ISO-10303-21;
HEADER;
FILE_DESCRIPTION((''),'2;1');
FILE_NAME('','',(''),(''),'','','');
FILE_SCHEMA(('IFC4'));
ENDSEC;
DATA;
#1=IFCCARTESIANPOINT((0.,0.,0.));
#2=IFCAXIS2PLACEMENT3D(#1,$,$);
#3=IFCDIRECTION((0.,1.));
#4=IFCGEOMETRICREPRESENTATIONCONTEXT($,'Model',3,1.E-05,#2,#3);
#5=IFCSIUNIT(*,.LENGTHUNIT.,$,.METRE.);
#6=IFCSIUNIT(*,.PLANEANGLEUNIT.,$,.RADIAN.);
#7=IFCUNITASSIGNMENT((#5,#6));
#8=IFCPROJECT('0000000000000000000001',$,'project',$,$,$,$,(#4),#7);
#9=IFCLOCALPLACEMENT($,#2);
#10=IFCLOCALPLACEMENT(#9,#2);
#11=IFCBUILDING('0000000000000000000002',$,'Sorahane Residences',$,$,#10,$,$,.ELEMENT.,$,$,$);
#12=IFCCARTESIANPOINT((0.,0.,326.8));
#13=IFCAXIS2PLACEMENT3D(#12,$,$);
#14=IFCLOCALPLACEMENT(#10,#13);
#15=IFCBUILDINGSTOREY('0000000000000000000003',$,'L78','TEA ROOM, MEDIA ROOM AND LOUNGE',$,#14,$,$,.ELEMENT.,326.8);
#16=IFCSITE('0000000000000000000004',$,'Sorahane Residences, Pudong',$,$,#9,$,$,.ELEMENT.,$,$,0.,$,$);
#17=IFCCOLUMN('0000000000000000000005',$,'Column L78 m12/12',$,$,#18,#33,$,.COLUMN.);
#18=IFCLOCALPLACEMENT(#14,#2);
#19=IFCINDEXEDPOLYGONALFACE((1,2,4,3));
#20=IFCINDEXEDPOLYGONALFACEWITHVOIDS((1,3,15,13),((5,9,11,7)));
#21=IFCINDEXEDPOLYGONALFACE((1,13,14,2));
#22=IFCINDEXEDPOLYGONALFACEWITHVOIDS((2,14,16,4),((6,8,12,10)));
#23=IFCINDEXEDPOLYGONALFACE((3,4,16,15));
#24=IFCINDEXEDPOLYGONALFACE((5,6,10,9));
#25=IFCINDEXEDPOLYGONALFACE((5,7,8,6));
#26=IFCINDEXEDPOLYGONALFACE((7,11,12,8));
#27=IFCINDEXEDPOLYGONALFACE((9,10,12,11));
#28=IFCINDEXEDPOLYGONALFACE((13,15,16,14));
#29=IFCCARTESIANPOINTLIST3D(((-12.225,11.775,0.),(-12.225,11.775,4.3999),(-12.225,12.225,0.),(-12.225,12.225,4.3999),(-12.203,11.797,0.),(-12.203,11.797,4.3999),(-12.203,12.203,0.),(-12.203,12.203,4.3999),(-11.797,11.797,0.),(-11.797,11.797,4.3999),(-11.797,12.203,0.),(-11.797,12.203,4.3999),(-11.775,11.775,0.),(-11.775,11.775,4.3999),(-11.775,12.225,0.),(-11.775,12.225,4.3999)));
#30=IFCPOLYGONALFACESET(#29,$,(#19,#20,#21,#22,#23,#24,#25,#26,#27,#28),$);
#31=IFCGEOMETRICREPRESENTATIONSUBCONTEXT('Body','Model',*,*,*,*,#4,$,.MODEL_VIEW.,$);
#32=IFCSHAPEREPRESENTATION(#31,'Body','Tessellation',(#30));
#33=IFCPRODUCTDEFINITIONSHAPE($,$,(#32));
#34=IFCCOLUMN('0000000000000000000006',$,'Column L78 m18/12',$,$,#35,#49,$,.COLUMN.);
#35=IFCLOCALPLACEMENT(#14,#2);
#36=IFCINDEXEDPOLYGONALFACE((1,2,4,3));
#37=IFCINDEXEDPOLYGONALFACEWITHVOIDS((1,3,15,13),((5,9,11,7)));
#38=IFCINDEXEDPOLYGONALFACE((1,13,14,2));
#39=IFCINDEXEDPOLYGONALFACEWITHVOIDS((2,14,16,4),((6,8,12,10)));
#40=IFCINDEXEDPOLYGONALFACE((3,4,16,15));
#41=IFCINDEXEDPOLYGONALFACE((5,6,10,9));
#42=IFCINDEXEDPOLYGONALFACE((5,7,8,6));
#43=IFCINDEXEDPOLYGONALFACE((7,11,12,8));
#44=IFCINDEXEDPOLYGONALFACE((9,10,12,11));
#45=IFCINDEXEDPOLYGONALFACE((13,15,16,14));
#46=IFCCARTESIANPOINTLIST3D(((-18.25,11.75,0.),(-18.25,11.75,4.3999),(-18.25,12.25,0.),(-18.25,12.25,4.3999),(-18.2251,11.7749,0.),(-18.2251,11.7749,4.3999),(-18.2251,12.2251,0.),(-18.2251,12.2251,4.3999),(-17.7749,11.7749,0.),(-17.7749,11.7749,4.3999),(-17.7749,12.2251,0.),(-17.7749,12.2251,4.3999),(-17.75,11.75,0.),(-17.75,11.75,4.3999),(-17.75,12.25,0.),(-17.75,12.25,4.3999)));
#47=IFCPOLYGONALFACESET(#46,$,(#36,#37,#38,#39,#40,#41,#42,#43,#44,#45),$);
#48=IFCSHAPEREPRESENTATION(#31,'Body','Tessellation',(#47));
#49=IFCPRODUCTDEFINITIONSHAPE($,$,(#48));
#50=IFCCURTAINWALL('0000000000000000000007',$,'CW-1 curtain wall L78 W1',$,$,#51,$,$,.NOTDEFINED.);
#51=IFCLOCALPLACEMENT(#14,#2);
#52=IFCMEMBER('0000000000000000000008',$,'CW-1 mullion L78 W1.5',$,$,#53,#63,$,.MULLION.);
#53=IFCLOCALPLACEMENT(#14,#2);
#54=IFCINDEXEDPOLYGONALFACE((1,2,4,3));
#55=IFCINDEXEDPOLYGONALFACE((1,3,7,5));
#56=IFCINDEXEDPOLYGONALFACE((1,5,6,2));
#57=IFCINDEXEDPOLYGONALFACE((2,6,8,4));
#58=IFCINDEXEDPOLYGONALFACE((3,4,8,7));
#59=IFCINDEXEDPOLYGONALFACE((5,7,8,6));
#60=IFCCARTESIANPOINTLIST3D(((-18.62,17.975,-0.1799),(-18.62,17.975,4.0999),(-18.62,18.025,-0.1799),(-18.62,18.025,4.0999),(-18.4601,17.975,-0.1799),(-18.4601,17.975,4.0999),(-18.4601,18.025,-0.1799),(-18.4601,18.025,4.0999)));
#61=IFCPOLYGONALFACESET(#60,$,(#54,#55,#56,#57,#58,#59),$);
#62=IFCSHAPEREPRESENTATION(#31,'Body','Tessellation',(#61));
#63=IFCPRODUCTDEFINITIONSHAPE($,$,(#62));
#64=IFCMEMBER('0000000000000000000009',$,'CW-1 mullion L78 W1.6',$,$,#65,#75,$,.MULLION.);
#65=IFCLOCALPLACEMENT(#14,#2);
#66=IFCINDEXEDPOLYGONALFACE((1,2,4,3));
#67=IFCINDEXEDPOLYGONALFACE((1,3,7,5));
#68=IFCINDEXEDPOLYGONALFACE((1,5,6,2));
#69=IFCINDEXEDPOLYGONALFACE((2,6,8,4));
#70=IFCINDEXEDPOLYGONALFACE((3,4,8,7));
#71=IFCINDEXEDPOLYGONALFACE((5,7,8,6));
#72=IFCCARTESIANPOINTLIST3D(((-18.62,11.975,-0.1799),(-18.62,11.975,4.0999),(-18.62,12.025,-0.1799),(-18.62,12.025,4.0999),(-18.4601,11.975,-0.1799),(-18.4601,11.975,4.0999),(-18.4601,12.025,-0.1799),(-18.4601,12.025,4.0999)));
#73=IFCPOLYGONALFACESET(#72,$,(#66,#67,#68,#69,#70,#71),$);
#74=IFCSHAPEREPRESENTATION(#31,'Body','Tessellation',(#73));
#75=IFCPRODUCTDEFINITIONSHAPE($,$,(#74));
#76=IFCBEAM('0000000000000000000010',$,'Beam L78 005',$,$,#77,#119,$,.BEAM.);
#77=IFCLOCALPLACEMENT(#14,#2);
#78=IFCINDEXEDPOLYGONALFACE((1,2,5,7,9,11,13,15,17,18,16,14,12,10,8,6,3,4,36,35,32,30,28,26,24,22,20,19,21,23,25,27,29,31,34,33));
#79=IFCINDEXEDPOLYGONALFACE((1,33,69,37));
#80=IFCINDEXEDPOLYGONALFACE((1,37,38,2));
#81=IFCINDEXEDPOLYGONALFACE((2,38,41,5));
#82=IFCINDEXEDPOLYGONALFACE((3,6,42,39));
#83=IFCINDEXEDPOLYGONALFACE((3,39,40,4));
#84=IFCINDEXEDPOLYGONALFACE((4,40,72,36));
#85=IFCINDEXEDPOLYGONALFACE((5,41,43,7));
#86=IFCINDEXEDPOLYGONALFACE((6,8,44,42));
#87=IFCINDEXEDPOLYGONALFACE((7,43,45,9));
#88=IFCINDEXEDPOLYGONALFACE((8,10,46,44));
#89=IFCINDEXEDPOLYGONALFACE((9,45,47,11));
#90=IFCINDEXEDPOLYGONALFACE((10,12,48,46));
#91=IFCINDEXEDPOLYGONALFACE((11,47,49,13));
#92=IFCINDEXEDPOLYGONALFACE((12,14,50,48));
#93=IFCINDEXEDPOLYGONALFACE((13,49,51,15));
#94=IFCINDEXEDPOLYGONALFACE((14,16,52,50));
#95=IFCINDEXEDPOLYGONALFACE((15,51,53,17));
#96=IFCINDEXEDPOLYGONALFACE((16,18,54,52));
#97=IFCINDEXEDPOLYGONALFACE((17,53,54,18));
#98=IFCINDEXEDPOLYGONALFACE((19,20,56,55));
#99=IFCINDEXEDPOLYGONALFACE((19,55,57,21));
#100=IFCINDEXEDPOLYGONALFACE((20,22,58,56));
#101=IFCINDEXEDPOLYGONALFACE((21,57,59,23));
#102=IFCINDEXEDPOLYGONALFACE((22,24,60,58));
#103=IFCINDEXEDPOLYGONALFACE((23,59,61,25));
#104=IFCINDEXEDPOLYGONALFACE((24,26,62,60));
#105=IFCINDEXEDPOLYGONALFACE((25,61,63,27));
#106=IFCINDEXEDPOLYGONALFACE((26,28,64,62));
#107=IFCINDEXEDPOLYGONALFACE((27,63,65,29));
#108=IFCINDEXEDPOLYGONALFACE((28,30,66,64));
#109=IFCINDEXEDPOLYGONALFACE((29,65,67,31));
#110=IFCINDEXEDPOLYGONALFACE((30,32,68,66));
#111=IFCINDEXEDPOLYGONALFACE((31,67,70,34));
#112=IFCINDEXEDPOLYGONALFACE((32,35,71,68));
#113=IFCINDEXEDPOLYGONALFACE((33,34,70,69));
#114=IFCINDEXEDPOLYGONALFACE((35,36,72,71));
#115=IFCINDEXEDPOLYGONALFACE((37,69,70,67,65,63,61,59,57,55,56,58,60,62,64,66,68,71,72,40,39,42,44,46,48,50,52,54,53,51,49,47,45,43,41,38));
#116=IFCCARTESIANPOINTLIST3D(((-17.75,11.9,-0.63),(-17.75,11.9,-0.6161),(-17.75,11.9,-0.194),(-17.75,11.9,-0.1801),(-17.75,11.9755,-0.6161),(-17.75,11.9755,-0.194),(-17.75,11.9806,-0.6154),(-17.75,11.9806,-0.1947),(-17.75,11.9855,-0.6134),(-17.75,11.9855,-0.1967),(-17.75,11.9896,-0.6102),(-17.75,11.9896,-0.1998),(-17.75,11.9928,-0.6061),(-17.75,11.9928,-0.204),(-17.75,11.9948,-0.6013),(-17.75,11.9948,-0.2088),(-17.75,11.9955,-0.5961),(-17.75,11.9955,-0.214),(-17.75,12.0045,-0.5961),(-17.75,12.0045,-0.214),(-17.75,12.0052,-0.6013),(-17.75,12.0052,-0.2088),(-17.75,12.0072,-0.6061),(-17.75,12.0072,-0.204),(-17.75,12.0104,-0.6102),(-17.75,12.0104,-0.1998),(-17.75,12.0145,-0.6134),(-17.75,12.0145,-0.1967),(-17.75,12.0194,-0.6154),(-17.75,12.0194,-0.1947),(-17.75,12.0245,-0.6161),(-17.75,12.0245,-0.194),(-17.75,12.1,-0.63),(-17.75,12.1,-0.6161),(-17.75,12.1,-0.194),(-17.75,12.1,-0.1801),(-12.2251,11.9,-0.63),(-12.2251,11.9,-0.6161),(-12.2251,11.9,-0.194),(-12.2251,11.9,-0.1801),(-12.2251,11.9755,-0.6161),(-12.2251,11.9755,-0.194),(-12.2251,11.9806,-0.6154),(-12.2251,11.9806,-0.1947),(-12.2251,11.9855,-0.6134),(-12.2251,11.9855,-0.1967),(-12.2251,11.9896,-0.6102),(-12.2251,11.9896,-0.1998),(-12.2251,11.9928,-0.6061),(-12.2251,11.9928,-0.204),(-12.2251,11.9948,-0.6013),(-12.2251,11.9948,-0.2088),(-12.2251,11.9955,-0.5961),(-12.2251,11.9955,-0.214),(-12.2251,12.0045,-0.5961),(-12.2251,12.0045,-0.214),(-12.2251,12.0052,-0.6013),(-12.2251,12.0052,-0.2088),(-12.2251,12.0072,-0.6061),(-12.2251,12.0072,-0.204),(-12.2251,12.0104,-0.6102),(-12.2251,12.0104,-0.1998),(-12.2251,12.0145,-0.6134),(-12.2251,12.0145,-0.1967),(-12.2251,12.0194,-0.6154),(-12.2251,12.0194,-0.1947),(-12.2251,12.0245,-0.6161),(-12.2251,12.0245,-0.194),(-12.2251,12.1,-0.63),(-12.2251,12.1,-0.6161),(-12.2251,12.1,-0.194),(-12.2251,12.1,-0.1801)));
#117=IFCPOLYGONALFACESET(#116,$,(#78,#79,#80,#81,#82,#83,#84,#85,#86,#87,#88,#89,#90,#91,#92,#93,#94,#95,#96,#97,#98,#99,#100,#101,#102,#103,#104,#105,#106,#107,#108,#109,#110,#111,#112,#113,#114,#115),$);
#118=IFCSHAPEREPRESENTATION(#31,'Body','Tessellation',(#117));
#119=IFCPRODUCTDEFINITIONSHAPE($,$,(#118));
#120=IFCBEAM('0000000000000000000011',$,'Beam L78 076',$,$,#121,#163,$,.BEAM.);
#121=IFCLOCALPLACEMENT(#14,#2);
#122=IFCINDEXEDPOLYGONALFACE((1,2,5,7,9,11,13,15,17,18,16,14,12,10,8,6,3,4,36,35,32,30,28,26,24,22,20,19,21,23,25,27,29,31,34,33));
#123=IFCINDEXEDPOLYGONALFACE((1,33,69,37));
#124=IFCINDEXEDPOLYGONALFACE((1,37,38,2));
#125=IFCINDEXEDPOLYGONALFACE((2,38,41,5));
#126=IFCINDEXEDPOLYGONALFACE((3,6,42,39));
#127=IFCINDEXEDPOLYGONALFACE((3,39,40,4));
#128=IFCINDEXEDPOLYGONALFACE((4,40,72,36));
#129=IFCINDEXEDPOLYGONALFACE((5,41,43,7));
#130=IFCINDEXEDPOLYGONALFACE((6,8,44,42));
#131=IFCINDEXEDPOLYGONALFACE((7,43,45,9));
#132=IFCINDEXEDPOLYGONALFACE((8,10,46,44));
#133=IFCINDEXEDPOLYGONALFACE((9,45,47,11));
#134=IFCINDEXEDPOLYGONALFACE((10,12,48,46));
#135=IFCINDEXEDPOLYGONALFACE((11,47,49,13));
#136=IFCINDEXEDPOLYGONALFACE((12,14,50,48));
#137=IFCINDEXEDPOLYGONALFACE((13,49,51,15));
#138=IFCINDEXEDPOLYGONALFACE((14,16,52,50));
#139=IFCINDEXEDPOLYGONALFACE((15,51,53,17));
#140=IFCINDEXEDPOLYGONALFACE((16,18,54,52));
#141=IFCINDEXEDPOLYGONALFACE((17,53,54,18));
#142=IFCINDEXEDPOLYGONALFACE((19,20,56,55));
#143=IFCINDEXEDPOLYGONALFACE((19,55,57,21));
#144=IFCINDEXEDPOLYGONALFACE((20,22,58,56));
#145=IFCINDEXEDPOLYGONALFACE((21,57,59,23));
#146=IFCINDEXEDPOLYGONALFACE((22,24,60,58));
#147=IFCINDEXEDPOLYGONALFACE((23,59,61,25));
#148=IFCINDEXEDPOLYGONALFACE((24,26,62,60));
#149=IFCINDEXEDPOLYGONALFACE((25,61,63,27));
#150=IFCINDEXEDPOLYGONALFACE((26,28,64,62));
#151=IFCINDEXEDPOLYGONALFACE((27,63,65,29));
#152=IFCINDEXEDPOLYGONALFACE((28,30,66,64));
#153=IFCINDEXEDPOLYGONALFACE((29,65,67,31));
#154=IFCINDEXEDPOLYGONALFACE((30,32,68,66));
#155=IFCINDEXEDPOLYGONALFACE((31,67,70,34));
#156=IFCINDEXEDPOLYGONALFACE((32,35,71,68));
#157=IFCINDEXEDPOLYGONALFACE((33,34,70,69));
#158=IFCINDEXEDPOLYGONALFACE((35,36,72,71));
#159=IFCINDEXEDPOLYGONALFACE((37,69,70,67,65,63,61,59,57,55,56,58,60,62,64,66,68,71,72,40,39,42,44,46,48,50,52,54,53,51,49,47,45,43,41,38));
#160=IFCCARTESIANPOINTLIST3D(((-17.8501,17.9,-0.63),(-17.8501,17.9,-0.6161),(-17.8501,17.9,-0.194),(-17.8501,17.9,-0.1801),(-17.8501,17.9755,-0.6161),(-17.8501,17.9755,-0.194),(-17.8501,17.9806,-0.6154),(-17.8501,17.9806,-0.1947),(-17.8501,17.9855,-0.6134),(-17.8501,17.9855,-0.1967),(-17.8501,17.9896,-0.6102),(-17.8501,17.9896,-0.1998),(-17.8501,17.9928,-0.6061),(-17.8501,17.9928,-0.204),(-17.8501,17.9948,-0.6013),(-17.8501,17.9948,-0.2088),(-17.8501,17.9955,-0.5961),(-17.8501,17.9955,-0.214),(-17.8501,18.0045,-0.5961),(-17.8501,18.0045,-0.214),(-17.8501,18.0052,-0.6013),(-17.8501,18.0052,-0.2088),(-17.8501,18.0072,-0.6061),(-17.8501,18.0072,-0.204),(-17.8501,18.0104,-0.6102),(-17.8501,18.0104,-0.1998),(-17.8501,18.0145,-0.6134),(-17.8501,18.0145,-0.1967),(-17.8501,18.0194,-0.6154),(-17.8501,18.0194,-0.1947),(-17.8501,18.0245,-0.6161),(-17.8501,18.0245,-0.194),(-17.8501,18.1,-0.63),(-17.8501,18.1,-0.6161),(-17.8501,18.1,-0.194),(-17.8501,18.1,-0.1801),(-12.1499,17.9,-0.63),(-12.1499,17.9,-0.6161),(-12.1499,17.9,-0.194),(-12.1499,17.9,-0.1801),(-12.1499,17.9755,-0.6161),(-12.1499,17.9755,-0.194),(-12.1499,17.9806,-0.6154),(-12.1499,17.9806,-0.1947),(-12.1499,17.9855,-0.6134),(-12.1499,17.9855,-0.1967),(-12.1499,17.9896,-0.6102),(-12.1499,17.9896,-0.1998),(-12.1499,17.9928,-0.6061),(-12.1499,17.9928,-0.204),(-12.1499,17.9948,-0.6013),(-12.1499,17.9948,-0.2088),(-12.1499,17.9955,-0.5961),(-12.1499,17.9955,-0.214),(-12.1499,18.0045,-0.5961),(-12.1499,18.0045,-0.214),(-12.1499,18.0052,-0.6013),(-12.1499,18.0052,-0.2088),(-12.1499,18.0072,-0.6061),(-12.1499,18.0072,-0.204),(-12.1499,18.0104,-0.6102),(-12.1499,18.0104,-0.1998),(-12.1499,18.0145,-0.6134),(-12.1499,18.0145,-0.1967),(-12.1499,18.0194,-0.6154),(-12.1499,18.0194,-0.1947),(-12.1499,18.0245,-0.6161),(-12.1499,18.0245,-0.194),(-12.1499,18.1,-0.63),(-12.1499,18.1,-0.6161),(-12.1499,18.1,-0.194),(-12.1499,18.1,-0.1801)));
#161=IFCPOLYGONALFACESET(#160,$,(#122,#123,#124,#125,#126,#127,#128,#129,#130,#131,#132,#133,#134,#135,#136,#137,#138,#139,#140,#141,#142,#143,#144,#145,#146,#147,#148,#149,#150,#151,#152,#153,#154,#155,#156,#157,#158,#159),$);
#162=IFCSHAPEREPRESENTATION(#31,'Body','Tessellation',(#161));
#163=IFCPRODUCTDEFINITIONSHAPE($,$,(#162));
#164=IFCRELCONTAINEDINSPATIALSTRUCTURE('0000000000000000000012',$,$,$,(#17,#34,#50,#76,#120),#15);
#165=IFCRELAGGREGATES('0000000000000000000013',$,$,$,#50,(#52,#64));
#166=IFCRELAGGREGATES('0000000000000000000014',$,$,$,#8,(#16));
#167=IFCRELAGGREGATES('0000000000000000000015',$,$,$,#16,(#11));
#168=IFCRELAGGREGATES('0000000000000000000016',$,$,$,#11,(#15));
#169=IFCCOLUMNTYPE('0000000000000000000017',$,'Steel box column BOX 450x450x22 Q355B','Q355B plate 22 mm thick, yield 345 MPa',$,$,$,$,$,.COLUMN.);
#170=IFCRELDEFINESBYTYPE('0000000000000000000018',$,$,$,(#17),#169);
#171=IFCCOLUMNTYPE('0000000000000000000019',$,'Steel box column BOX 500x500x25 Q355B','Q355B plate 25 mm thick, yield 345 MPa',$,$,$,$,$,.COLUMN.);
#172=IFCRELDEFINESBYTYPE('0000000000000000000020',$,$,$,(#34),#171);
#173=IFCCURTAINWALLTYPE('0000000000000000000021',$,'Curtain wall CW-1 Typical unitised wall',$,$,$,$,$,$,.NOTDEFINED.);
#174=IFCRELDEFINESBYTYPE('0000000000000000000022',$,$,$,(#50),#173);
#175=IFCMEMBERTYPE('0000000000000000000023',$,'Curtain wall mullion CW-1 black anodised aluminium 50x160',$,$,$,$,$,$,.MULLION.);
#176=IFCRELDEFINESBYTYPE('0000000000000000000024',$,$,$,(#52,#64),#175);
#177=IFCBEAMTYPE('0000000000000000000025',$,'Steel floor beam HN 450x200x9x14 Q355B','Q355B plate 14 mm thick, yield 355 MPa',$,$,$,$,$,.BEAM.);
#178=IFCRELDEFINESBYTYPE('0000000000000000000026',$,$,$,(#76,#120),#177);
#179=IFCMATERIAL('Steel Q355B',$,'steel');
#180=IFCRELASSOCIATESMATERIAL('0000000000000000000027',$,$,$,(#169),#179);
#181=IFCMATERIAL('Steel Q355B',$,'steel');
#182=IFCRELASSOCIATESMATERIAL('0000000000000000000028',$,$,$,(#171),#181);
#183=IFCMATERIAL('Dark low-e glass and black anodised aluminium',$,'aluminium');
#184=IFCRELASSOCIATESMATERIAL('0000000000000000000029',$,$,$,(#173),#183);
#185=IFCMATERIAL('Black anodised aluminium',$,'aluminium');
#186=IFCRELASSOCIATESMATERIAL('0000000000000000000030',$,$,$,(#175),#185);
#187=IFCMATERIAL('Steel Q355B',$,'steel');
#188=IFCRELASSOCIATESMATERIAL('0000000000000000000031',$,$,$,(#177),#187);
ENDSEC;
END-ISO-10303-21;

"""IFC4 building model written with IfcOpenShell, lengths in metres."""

from ifc_helpers import new_model, si_unit, direction, frame, origin, origin_2d, place, context, subcontext, project, spatial, rectangle, hollow_rectangle, i_section, extrude, material, material_profile, profile_set, type_object, element, aggregate, save


model = new_model("IFC4")

# Units and contexts
model_context = context("Model", 3, precision=1e-05, world=origin(), true_north=direction((0.0, 1.0)))
body_context = subcontext(model_context, "Body", "Model", "MODEL_VIEW")
ifc_project = project(units=[si_unit("LENGTHUNIT", "METRE"), si_unit("PLANEANGLEUNIT", "RADIAN")], contexts=[model_context])

# Site, building, storey
site_placement = place(None, origin())
site = spatial("IfcSite", under=ifc_project, at=site_placement, Name="Sorahane Residences, Pudong", CompositionType="ELEMENT", RefElevation=0.0)
building_placement = place(site_placement, origin())
building = spatial("IfcBuilding", under=site, at=building_placement, Name="Sorahane Residences", CompositionType="ELEMENT")
storey_placement = place(building_placement, frame((0.0, 0.0, 326.8)))
storey = spatial("IfcBuildingStorey", under=building, at=storey_placement, Name="L78", Description="TEA ROOM, MEDIA ROOM AND LOUNGE", CompositionType="ELEMENT", Elevation=326.8)

# Columns
ifc_material_1 = material(Name="Steel Q355B", Category="steel")
ifc_material_profile_1 = material_profile(ifc_material_1, hollow_rectangle(XDim=0.45, YDim=0.45, WallThickness=0.022, at=origin_2d()), Name="BOX 450x450x22")
ifc_profile_set_1 = profile_set([ifc_material_profile_1], Name="Steel Q355B")
column_type_1 = type_object("IfcColumnType", Name="Steel box column BOX 450x450x22 Q355B", Description="Q355B plate 22 mm thick, yield 345 MPa", PredefinedType="COLUMN", material=ifc_profile_set_1)
column_1_placement = place(storey_placement, frame((-12.0, 12.0, 0.0), z_axis=(0.0, 0.0, 1.0), x_axis=(1.0, 0.0, 0.0)))
element("IfcColumn", 1, at=column_1_placement, inside=storey, type_object=column_type_1, Name="Column L78 m12/12", PredefinedType="COLUMN", context=body_context, shape_type="SweptSolid", body=[
    extrude(hollow_rectangle(XDim=0.45, YDim=0.45, WallThickness=0.022, at=origin_2d()), origin(), (0.0, 0.0, 1.0), 4.3999),
])
ifc_material_2 = material(Name="Steel Q355B", Category="steel")
ifc_material_profile_2 = material_profile(ifc_material_2, hollow_rectangle(XDim=0.5, YDim=0.5, WallThickness=0.0249, at=origin_2d()), Name="BOX 500x500x25")
ifc_profile_set_2 = profile_set([ifc_material_profile_2], Name="Steel Q355B")
column_type_2 = type_object("IfcColumnType", Name="Steel box column BOX 500x500x25 Q355B", Description="Q355B plate 25 mm thick, yield 345 MPa", PredefinedType="COLUMN", material=ifc_profile_set_2)
column_2_placement = place(storey_placement, frame((-18.0, 12.0, 0.0), z_axis=(0.0, 0.0, 1.0), x_axis=(1.0, 0.0, 0.0)))
element("IfcColumn", 2, at=column_2_placement, inside=storey, type_object=column_type_2, Name="Column L78 m18/12", PredefinedType="COLUMN", context=body_context, shape_type="SweptSolid", body=[
    extrude(hollow_rectangle(XDim=0.5, YDim=0.5, WallThickness=0.0249, at=origin_2d()), origin(), (0.0, 0.0, 1.0), 4.3999),
])

# Curtain wall, members
ifc_material_3 = material(Name="Dark low-e glass and black anodised aluminium", Category="aluminium")
curtain_wall_type = type_object("IfcCurtainWallType", Name="Curtain wall CW-1 Typical unitised wall", PredefinedType="NOTDEFINED", material=ifc_material_3)
curtain_wall_placement = place(storey_placement, origin())
curtain_wall = element("IfcCurtainWall", 3, at=curtain_wall_placement, inside=storey, type_object=curtain_wall_type, Name="CW-1 curtain wall L78 W1", PredefinedType="NOTDEFINED")
ifc_material_4 = material(Name="Black anodised aluminium", Category="aluminium")
ifc_material_profile_3 = material_profile(ifc_material_4, rectangle(XDim=0.1599, YDim=0.05, at=origin_2d()), Name="Curtain wall mullion CW-1 black anodised aluminium 50x160")
ifc_profile_set_3 = profile_set([ifc_material_profile_3], Name="Black anodised aluminium")
member_type = type_object("IfcMemberType", Name="Curtain wall mullion CW-1 black anodised aluminium 50x160", PredefinedType="MULLION", material=ifc_profile_set_3)
member_1_placement = place(storey_placement, frame((-18.54, 18.0, -0.1799), z_axis=(0.0, 0.0, 1.0), x_axis=(-1.0, 0.0, 0.0)))
member_1 = element("IfcMember", 4, at=member_1_placement, type_object=member_type, Name="CW-1 mullion L78 W1.5", PredefinedType="MULLION", context=body_context, shape_type="SweptSolid", body=[
    extrude(rectangle(XDim=0.1599, YDim=0.05, at=origin_2d()), origin(), (0.0, 0.0, 1.0), 4.2798),
])
member_2_placement = place(storey_placement, frame((-18.54, 12.0, -0.1799), z_axis=(0.0, 0.0, 1.0), x_axis=(-1.0, 0.0, 0.0)))
member_2 = element("IfcMember", 5, at=member_2_placement, type_object=member_type, Name="CW-1 mullion L78 W1.6", PredefinedType="MULLION", context=body_context, shape_type="SweptSolid", body=[
    extrude(rectangle(XDim=0.1599, YDim=0.05, at=origin_2d()), origin(), (0.0, 0.0, 1.0), 4.2798),
])

# Beams
ifc_material_5 = material(Name="Steel Q355B", Category="steel")
ifc_material_profile_4 = material_profile(ifc_material_5, i_section(OverallWidth=0.2, OverallDepth=0.45, WebThickness=0.009, FlangeThickness=0.0139, FilletRadius=0.02, at=origin_2d()), Name="HN 450x200x9x14")
ifc_profile_set_4 = profile_set([ifc_material_profile_4], Name="Steel Q355B")
beam_type_1 = type_object("IfcBeamType", Name="Steel floor beam HN 450x200x9x14 Q355B", Description="Q355B plate 14 mm thick, yield 355 MPa", PredefinedType="BEAM", material=ifc_profile_set_4)
beam_1_placement = place(storey_placement, frame((-17.75, 12.0, -0.405), z_axis=(1.0, 0.0, 0.0), x_axis=(0.0, 1.0, 0.0)))
element("IfcBeam", 6, at=beam_1_placement, inside=storey, type_object=beam_type_1, Name="Beam L78 005", PredefinedType="BEAM", context=body_context, shape_type="SweptSolid", body=[
    extrude(i_section(OverallWidth=0.2, OverallDepth=0.45, WebThickness=0.009, FlangeThickness=0.0139, FilletRadius=0.02, at=origin_2d()), origin(), (0.0, 0.0, 1.0), 5.5249),
])
beam_2_placement = place(storey_placement, frame((-17.8501, 18.0, -0.405), z_axis=(1.0, 0.0, 0.0), x_axis=(0.0, 1.0, 0.0)))
element("IfcBeam", 7, at=beam_2_placement, inside=storey, type_object=beam_type_1, Name="Beam L78 076", PredefinedType="BEAM", context=body_context, shape_type="SweptSolid", body=[
    extrude(i_section(OverallWidth=0.2, OverallDepth=0.45, WebThickness=0.009, FlangeThickness=0.0139, FilletRadius=0.02, at=origin_2d()), origin(), (0.0, 0.0, 1.0), 5.7002),
])

aggregate(curtain_wall, [member_1, member_2])

save(model, "model.ifc")
